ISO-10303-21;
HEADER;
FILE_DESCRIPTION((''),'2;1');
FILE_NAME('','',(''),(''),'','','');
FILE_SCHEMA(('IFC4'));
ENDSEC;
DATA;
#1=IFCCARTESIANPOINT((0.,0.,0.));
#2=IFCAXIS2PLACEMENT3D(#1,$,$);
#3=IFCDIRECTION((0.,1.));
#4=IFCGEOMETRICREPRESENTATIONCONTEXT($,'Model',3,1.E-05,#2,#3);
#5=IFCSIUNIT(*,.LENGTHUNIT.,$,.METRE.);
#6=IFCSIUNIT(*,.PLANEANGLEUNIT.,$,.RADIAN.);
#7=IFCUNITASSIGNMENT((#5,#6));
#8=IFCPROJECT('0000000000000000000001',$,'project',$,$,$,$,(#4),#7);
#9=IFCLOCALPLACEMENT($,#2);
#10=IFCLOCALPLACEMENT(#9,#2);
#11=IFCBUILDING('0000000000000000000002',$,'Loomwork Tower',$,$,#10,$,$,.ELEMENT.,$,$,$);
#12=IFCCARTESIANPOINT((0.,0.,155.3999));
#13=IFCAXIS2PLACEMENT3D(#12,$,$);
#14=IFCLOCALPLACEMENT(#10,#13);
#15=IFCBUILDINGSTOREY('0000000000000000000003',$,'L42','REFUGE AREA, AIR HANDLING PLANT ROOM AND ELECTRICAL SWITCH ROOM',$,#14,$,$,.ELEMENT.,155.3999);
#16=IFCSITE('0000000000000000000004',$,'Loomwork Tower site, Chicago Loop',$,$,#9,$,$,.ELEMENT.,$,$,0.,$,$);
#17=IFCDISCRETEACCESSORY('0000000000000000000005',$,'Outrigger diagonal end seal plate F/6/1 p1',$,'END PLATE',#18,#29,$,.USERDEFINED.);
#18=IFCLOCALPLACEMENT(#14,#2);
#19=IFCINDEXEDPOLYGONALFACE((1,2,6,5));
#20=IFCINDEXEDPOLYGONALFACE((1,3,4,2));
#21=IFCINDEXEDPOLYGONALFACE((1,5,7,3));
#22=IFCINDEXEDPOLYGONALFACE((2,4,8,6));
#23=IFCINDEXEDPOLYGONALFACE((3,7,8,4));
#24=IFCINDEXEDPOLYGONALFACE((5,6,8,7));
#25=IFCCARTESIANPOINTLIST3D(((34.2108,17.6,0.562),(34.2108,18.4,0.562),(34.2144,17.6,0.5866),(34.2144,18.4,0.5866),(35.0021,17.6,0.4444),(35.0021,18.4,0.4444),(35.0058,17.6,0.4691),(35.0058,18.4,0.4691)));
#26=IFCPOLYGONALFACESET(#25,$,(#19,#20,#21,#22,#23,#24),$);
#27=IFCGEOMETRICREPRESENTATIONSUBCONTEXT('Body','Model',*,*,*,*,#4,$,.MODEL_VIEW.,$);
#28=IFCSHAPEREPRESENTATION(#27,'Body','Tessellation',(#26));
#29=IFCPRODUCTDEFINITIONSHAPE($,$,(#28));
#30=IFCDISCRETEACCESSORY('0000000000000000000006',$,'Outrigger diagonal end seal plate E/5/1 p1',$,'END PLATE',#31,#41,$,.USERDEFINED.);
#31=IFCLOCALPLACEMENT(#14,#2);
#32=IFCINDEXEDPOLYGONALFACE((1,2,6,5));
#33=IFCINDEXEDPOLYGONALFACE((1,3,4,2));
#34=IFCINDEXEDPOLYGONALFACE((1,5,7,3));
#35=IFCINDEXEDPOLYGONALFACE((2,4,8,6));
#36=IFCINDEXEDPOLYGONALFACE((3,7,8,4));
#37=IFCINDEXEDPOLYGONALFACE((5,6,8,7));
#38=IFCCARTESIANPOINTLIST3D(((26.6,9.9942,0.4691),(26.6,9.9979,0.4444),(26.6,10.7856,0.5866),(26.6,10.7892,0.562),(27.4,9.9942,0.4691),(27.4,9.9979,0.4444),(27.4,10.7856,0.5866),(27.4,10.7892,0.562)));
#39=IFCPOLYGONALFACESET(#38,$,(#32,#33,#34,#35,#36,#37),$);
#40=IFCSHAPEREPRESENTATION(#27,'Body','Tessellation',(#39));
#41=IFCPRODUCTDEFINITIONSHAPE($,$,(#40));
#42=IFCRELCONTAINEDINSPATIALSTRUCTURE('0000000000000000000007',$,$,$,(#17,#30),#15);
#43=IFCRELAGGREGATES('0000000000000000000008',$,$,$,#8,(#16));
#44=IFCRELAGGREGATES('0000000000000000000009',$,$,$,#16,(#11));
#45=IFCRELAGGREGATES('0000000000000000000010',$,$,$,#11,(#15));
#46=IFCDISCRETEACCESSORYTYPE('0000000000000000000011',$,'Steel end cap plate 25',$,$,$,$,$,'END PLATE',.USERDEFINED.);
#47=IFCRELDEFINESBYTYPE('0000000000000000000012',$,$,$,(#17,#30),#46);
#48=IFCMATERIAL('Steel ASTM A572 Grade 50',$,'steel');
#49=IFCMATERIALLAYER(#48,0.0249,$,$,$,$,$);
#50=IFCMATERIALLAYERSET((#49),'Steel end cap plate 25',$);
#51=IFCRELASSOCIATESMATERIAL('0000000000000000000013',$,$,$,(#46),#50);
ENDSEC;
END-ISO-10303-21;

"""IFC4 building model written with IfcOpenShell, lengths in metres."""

from ifc_helpers import new_model, si_unit, direction, frame, origin, origin_2d, place, context, subcontext, project, spatial, rectangle, extrude, material, layer, layer_set, type_object, element, save


model = new_model("IFC4")

# Units and contexts
model_context = context("Model", 3, precision=1e-05, world=origin(), true_north=direction((0.0, 1.0)))
body_context = subcontext(model_context, "Body", "Model", "MODEL_VIEW")
ifc_project = project(units=[si_unit("LENGTHUNIT", "METRE"), si_unit("PLANEANGLEUNIT", "RADIAN")], contexts=[model_context])

# Site, building, storey
site_placement = place(None, origin())
site = spatial("IfcSite", under=ifc_project, at=site_placement, Name="Loomwork Tower site, Chicago Loop", CompositionType="ELEMENT", RefElevation=0.0)
building_placement = place(site_placement, origin())
building = spatial("IfcBuilding", under=site, at=building_placement, Name="Loomwork Tower", CompositionType="ELEMENT")
storey_placement = place(building_placement, frame((0.0, 0.0, 155.3999)))
storey = spatial("IfcBuildingStorey", under=building, at=storey_placement, Name="L42", Description="REFUGE AREA, AIR HANDLING PLANT ROOM AND ELECTRICAL SWITCH ROOM", CompositionType="ELEMENT", Elevation=155.3999)

# Discrete accessories
ifc_material_1 = material(Name="Steel ASTM A572 Grade 50", Category="steel")
ifc_layer_1 = layer(ifc_material_1, 0.0249)
ifc_layer_set_1 = layer_set([ifc_layer_1], Name="Steel end cap plate 25")
discrete_accessory_type_1 = type_object("IfcDiscreteAccessoryType", Name="Steel end cap plate 25", ElementType="END PLATE", PredefinedType="USERDEFINED", material=ifc_layer_set_1)
for number, where, z_axis, x_axis, name in (
    (1, (34.6101, 18.0, 0.5278), (-0.146904, 0.0, -0.989151), (0.0, -1.0, 0.0), "Outrigger diagonal end seal plate F/6/1 p1"),
    (2, (27.0, 10.3899, 0.5278), (0.0, 0.146904, -0.989151), (-1.0, 0.0, 0.0), "Outrigger diagonal end seal plate E/5/1 p1"),
):
    element("IfcDiscreteAccessory", number, at=place(storey_placement, frame(where, z_axis=z_axis, x_axis=x_axis)), inside=storey, type_object=discrete_accessory_type_1, Name=name, ObjectType="END PLATE", PredefinedType="USERDEFINED", context=body_context, shape_type="SweptSolid", body=[
        extrude(rectangle(XDim=0.8, YDim=0.8, at=origin_2d()), origin(), (0.0, 0.0, 1.0), 0.0249),
    ])

save(model, "model.ifc")
